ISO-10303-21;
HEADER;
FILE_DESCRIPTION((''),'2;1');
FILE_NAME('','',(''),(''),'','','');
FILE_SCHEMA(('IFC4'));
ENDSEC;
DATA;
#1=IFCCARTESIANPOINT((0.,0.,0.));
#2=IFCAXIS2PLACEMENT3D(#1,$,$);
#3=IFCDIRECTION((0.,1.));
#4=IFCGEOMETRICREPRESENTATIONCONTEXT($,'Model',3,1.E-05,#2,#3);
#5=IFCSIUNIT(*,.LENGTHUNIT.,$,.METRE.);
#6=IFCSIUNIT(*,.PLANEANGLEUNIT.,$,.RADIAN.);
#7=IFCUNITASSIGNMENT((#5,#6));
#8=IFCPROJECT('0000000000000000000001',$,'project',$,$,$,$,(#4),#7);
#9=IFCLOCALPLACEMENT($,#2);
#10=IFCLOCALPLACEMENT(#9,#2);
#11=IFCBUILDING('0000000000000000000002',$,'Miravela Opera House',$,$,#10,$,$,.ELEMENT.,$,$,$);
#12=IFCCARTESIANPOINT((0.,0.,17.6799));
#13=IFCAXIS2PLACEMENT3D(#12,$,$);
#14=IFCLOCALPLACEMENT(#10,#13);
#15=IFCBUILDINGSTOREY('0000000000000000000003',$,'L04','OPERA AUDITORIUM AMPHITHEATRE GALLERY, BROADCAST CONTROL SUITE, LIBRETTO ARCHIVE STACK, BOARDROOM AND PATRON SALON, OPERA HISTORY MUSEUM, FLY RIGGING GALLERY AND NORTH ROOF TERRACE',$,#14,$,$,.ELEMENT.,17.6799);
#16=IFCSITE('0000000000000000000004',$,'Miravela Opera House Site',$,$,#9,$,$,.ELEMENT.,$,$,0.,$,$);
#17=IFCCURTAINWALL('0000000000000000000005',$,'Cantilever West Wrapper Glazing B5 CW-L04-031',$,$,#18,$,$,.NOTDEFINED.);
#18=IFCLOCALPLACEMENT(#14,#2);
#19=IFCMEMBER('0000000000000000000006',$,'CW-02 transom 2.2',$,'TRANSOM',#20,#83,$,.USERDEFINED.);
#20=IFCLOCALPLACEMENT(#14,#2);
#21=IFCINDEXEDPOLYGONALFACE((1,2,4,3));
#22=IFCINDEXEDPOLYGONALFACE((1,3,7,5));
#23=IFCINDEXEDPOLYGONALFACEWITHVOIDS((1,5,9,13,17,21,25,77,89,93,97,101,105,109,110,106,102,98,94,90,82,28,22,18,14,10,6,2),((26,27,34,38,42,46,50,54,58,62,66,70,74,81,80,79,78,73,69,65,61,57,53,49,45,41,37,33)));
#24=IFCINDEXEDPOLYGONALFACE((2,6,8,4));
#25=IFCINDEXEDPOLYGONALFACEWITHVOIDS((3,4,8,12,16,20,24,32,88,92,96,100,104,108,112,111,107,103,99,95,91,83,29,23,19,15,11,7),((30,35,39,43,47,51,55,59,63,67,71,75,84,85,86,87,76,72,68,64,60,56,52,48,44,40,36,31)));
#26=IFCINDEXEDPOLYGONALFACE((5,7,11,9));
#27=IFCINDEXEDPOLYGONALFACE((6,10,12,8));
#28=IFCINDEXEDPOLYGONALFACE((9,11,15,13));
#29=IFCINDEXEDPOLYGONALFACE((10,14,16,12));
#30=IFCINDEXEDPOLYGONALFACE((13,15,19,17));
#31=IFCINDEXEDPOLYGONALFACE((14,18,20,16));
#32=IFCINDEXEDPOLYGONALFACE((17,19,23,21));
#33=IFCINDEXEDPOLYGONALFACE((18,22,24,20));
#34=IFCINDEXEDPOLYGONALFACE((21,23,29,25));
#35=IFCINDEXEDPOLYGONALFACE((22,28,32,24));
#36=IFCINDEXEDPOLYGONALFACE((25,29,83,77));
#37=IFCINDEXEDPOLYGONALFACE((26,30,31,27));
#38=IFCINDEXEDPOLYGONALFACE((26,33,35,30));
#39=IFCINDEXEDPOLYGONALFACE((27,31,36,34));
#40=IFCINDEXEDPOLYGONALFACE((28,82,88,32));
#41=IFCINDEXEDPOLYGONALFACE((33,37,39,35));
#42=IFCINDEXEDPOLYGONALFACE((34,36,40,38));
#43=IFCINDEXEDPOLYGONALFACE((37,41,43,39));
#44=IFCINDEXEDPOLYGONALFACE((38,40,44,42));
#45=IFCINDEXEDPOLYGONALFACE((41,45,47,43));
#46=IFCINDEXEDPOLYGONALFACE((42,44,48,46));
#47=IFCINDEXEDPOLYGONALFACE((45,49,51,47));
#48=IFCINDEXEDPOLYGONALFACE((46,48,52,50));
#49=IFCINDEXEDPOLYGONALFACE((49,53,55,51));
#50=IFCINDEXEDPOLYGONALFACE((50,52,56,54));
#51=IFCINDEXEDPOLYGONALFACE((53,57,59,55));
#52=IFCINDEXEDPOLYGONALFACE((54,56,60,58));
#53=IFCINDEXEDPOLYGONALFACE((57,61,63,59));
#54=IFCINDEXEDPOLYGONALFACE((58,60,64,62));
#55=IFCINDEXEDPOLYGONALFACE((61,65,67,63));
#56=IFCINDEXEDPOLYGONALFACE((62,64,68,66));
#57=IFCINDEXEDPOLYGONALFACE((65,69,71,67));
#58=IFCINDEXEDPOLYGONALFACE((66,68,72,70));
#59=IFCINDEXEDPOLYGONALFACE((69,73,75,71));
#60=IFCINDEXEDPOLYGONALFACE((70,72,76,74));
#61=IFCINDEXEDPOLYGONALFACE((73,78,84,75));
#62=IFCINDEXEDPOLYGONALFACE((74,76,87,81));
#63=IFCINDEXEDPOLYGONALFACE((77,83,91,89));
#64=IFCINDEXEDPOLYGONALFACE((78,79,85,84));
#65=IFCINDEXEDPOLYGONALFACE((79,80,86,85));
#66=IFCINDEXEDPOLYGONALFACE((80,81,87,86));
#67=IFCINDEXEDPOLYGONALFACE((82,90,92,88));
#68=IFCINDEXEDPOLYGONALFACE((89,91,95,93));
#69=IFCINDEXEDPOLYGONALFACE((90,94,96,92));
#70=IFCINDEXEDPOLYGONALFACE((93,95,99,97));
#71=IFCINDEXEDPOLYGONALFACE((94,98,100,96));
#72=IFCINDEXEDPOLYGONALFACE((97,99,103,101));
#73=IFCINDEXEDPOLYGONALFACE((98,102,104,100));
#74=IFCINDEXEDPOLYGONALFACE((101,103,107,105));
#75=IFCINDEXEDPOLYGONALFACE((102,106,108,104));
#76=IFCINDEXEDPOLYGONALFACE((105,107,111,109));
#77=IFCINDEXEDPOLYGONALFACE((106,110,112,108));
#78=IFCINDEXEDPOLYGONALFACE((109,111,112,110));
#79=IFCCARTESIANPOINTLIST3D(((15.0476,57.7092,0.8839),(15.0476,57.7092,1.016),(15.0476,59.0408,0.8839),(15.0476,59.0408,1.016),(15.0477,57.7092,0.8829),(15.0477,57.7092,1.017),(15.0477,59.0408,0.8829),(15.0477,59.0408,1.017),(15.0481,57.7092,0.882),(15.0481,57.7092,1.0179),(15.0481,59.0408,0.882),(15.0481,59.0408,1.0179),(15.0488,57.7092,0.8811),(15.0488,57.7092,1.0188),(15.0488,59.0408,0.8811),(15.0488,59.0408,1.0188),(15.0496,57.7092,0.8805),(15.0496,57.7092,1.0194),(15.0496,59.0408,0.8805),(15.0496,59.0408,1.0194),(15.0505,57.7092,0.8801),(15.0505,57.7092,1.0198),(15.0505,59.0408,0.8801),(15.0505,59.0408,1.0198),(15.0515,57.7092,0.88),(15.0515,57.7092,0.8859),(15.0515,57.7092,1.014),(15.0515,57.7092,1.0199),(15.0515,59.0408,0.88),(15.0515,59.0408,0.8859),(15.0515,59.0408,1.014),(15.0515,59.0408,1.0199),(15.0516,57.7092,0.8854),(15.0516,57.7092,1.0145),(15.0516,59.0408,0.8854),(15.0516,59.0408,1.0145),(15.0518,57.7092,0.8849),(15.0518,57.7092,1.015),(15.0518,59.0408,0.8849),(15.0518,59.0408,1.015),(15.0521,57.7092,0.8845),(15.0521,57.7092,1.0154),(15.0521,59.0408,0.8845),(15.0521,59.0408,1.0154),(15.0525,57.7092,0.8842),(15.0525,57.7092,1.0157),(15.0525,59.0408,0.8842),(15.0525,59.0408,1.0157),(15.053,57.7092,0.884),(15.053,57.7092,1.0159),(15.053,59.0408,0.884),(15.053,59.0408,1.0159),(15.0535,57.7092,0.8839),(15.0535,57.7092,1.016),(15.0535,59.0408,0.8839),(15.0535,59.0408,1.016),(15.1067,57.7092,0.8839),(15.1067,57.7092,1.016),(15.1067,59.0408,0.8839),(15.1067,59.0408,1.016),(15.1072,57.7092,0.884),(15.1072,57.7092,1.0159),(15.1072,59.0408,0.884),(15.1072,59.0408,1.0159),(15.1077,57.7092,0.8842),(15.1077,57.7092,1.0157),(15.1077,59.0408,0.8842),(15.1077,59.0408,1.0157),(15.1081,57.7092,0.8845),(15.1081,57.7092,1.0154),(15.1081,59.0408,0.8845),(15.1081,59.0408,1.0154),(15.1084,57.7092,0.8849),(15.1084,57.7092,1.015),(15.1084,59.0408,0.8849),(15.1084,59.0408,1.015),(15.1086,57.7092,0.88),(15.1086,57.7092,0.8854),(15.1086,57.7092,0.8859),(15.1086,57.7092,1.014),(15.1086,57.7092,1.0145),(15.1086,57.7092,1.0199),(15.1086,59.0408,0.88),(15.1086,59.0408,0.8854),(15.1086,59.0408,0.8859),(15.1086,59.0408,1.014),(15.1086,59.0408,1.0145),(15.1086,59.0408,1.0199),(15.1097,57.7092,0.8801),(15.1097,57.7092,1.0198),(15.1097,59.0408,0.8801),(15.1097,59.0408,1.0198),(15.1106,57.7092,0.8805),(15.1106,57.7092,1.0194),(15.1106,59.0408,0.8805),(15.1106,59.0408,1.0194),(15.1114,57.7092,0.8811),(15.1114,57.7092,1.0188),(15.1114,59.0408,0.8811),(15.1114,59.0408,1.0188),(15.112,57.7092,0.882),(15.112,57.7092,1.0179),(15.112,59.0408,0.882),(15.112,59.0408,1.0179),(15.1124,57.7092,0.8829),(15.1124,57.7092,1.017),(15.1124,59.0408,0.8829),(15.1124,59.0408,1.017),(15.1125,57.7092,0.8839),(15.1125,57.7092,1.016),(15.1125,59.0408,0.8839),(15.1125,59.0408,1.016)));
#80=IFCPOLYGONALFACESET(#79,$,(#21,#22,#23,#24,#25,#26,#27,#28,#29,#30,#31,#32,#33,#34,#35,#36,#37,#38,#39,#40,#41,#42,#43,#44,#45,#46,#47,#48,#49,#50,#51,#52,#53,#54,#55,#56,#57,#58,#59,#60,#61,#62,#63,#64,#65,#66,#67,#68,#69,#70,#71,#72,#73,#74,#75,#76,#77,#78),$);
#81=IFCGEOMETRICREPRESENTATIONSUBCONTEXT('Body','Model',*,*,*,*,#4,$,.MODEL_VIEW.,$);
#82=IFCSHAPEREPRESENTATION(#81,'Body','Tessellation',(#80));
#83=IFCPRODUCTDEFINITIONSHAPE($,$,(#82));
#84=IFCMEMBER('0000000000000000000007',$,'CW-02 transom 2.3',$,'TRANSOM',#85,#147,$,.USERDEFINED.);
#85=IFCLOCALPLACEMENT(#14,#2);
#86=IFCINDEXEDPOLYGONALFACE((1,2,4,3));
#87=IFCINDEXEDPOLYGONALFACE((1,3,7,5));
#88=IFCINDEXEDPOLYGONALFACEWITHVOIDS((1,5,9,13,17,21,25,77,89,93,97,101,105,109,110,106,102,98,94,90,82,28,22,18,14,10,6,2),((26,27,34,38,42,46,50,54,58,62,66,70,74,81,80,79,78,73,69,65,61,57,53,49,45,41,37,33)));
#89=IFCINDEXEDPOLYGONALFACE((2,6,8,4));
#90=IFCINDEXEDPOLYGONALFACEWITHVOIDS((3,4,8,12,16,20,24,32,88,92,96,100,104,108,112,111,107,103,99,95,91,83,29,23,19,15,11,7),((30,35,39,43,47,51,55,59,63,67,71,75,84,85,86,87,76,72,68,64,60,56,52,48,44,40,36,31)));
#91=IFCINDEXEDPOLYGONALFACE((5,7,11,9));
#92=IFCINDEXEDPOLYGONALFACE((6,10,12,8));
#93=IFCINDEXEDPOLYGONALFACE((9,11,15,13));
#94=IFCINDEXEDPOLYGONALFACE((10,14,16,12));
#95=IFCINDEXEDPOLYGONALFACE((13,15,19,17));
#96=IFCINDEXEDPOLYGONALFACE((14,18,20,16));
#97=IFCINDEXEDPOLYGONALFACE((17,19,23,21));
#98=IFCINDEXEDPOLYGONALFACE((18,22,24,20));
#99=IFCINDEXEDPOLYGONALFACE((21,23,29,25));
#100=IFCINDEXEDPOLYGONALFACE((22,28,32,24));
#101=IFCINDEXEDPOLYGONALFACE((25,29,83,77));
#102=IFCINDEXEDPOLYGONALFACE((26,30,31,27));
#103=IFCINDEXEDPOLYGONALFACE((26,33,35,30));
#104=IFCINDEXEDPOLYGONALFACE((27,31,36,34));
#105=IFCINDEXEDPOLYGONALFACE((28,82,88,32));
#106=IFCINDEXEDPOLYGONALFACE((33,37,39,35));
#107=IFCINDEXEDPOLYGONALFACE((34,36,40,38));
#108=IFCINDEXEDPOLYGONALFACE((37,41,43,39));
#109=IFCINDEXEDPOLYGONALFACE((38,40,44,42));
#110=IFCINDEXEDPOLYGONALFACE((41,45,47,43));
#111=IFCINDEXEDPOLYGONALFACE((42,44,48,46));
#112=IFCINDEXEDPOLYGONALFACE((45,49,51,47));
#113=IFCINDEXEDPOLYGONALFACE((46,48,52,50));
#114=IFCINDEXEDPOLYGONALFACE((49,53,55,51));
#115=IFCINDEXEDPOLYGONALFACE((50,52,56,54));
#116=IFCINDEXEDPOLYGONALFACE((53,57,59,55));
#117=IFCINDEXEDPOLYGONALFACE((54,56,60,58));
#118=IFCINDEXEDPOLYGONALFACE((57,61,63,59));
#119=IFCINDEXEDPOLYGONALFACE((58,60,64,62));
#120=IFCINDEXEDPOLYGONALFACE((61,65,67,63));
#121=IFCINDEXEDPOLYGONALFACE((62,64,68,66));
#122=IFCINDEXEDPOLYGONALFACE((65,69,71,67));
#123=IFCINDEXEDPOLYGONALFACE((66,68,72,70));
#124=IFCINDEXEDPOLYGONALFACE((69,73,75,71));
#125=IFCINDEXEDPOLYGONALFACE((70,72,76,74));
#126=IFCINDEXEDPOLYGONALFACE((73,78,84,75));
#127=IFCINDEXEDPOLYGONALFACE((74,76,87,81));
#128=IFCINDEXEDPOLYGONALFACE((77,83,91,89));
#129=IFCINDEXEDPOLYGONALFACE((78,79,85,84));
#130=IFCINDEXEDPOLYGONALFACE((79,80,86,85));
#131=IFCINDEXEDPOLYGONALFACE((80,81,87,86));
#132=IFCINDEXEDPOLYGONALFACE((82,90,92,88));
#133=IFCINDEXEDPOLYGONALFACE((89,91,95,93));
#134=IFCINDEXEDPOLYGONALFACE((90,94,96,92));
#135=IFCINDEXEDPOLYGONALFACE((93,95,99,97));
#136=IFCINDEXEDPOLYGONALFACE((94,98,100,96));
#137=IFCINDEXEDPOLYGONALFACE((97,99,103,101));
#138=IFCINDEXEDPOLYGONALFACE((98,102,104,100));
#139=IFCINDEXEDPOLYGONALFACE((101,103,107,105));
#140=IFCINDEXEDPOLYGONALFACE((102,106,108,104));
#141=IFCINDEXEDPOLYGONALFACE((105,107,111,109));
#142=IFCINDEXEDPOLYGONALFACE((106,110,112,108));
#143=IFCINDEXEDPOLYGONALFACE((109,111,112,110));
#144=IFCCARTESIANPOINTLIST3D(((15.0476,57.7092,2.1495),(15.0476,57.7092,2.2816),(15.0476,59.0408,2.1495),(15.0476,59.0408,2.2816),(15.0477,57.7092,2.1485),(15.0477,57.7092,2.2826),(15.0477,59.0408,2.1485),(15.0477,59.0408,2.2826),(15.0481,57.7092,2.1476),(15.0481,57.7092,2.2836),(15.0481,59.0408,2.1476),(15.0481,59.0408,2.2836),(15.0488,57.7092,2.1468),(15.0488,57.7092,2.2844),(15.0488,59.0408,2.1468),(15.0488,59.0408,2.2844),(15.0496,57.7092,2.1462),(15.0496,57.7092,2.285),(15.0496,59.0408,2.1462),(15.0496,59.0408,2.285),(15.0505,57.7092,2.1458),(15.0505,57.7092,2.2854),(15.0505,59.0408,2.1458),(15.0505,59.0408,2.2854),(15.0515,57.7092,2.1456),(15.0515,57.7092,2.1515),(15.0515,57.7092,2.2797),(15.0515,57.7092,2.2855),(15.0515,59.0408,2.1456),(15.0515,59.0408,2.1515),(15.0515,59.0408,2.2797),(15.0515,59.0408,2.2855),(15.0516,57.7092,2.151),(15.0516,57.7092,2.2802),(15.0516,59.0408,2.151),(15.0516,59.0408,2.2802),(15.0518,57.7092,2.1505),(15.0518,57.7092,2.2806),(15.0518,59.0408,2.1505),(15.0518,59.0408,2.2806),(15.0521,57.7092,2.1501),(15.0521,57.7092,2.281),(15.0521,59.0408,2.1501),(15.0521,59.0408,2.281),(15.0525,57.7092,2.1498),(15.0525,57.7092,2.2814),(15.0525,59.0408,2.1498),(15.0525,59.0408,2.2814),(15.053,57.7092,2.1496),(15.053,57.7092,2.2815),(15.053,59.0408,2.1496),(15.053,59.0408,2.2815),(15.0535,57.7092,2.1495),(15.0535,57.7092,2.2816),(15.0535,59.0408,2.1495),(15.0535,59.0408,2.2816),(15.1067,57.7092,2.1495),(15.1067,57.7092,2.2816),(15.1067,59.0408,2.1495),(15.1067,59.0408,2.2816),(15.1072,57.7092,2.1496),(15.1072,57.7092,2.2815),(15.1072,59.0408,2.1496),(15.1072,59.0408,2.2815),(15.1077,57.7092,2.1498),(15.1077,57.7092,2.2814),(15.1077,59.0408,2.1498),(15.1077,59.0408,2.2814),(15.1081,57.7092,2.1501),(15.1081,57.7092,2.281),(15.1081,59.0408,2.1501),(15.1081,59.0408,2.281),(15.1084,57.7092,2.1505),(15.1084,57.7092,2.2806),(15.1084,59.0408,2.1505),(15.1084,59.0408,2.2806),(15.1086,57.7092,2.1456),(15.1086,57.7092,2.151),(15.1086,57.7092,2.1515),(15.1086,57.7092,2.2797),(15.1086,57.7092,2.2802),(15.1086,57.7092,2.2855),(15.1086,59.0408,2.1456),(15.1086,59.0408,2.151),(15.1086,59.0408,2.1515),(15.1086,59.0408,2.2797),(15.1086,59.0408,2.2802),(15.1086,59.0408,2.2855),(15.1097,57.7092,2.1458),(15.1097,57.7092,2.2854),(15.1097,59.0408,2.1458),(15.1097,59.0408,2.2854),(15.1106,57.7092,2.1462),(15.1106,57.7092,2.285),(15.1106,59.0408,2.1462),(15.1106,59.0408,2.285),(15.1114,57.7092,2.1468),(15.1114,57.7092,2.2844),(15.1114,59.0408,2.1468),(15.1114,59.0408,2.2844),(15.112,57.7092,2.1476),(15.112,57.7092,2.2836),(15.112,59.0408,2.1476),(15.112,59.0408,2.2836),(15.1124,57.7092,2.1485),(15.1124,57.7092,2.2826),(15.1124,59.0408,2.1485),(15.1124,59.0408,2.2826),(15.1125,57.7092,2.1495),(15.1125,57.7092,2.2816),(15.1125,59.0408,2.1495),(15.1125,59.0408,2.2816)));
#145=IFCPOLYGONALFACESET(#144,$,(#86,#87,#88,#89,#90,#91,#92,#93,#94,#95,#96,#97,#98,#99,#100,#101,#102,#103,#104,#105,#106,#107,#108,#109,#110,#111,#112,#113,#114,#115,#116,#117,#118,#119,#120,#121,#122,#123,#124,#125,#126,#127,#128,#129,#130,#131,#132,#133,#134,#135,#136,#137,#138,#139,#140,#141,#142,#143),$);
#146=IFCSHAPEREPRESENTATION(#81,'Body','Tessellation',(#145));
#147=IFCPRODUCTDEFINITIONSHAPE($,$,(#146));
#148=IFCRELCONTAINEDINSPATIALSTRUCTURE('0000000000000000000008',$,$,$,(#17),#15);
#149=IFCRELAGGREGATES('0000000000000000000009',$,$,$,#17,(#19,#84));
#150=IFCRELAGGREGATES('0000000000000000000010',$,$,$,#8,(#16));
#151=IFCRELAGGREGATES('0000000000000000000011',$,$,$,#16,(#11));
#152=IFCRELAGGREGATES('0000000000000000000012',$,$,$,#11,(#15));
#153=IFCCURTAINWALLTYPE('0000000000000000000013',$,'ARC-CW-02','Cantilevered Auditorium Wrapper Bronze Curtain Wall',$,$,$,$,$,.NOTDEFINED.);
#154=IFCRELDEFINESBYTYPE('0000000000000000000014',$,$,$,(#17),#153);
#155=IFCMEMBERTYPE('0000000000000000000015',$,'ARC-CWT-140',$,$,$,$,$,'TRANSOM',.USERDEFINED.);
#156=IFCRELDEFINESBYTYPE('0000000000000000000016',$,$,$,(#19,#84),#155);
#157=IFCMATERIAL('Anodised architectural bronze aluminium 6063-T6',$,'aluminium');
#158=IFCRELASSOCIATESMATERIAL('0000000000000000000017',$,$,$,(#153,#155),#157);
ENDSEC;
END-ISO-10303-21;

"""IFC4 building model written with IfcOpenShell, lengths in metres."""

from ifc_helpers import new_model, si_unit, direction, frame, origin, origin_2d, place, context, subcontext, project, spatial, hollow_rectangle, extrude, material, material_profile, profile_set, type_object, element, aggregate, save


model = new_model("IFC4")

# Units and contexts
model_context = context("Model", 3, precision=1e-05, world=origin(), true_north=direction((0.0, 1.0)))
body_context = subcontext(model_context, "Body", "Model", "MODEL_VIEW")
ifc_project = project(units=[si_unit("LENGTHUNIT", "METRE"), si_unit("PLANEANGLEUNIT", "RADIAN")], contexts=[model_context])

# Site, building, storey
site_placement = place(None, origin())
site = spatial("IfcSite", under=ifc_project, at=site_placement, Name="Miravela Opera House Site", CompositionType="ELEMENT", RefElevation=0.0)
building_placement = place(site_placement, origin())
building = spatial("IfcBuilding", under=site, at=building_placement, Name="Miravela Opera House", CompositionType="ELEMENT")
storey_placement = place(building_placement, frame((0.0, 0.0, 17.6799)))
storey = spatial("IfcBuildingStorey", under=building, at=storey_placement, Name="L04", Description="OPERA AUDITORIUM AMPHITHEATRE GALLERY, BROADCAST CONTROL SUITE, LIBRETTO ARCHIVE STACK, BOARDROOM AND PATRON SALON, OPERA HISTORY MUSEUM, FLY RIGGING GALLERY AND NORTH ROOF TERRACE", CompositionType="ELEMENT", Elevation=17.6799)

# Curtain wall, members
ifc_material_1 = material(Name="Anodised architectural bronze aluminium 6063-T6", Category="aluminium")
curtain_wall_type = type_object("IfcCurtainWallType", Name="ARC-CW-02", Description="Cantilevered Auditorium Wrapper Bronze Curtain Wall", PredefinedType="NOTDEFINED", material=ifc_material_1)
curtain_wall_placement = place(storey_placement, origin())
curtain_wall = element("IfcCurtainWall", 1, at=curtain_wall_placement, inside=storey, type_object=curtain_wall_type, Name="Cantilever West Wrapper Glazing B5 CW-L04-031", PredefinedType="NOTDEFINED")
ifc_material_profile_1 = material_profile(ifc_material_1, hollow_rectangle(XDim=0.0649, YDim=0.1399, WallThickness=0.0039, InnerFilletRadius=0.002, OuterFilletRadius=0.0039, at=origin_2d()), Name="CWT-65X140")
ifc_profile_set_1 = profile_set([ifc_material_profile_1])
member_type_1 = type_object("IfcMemberType", Name="ARC-CWT-140", ElementType="TRANSOM", PredefinedType="USERDEFINED", material=ifc_profile_set_1)
member_1_placement = place(storey_placement, frame((15.0801, 57.7092, 0.95), z_axis=(0.0, 1.0, 0.0), x_axis=(-1.0, 0.0, 0.0)))
member_1 = element("IfcMember", 2, at=member_1_placement, type_object=member_type_1, Name="CW-02 transom 2.2", ObjectType="TRANSOM", PredefinedType="USERDEFINED", context=body_context, shape_type="SweptSolid", body=[
    extrude(hollow_rectangle(XDim=0.0649, YDim=0.1399, WallThickness=0.0039, InnerFilletRadius=0.002, OuterFilletRadius=0.0039, at=origin_2d()), origin(), (0.0, 0.0, 1.0), 1.3315),
])
member_2_placement = place(storey_placement, frame((15.0801, 57.7092, 2.2156), z_axis=(0.0, 1.0, 0.0), x_axis=(-1.0, 0.0, 0.0)))
member_2 = element("IfcMember", 3, at=member_2_placement, type_object=member_type_1, Name="CW-02 transom 2.3", ObjectType="TRANSOM", PredefinedType="USERDEFINED", context=body_context, shape_type="SweptSolid", body=[
    extrude(hollow_rectangle(XDim=0.0649, YDim=0.1399, WallThickness=0.0039, InnerFilletRadius=0.002, OuterFilletRadius=0.0039, at=origin_2d()), origin(), (0.0, 0.0, 1.0), 1.3315),
])

aggregate(curtain_wall, [member_1, member_2])

save(model, "model.ifc")
